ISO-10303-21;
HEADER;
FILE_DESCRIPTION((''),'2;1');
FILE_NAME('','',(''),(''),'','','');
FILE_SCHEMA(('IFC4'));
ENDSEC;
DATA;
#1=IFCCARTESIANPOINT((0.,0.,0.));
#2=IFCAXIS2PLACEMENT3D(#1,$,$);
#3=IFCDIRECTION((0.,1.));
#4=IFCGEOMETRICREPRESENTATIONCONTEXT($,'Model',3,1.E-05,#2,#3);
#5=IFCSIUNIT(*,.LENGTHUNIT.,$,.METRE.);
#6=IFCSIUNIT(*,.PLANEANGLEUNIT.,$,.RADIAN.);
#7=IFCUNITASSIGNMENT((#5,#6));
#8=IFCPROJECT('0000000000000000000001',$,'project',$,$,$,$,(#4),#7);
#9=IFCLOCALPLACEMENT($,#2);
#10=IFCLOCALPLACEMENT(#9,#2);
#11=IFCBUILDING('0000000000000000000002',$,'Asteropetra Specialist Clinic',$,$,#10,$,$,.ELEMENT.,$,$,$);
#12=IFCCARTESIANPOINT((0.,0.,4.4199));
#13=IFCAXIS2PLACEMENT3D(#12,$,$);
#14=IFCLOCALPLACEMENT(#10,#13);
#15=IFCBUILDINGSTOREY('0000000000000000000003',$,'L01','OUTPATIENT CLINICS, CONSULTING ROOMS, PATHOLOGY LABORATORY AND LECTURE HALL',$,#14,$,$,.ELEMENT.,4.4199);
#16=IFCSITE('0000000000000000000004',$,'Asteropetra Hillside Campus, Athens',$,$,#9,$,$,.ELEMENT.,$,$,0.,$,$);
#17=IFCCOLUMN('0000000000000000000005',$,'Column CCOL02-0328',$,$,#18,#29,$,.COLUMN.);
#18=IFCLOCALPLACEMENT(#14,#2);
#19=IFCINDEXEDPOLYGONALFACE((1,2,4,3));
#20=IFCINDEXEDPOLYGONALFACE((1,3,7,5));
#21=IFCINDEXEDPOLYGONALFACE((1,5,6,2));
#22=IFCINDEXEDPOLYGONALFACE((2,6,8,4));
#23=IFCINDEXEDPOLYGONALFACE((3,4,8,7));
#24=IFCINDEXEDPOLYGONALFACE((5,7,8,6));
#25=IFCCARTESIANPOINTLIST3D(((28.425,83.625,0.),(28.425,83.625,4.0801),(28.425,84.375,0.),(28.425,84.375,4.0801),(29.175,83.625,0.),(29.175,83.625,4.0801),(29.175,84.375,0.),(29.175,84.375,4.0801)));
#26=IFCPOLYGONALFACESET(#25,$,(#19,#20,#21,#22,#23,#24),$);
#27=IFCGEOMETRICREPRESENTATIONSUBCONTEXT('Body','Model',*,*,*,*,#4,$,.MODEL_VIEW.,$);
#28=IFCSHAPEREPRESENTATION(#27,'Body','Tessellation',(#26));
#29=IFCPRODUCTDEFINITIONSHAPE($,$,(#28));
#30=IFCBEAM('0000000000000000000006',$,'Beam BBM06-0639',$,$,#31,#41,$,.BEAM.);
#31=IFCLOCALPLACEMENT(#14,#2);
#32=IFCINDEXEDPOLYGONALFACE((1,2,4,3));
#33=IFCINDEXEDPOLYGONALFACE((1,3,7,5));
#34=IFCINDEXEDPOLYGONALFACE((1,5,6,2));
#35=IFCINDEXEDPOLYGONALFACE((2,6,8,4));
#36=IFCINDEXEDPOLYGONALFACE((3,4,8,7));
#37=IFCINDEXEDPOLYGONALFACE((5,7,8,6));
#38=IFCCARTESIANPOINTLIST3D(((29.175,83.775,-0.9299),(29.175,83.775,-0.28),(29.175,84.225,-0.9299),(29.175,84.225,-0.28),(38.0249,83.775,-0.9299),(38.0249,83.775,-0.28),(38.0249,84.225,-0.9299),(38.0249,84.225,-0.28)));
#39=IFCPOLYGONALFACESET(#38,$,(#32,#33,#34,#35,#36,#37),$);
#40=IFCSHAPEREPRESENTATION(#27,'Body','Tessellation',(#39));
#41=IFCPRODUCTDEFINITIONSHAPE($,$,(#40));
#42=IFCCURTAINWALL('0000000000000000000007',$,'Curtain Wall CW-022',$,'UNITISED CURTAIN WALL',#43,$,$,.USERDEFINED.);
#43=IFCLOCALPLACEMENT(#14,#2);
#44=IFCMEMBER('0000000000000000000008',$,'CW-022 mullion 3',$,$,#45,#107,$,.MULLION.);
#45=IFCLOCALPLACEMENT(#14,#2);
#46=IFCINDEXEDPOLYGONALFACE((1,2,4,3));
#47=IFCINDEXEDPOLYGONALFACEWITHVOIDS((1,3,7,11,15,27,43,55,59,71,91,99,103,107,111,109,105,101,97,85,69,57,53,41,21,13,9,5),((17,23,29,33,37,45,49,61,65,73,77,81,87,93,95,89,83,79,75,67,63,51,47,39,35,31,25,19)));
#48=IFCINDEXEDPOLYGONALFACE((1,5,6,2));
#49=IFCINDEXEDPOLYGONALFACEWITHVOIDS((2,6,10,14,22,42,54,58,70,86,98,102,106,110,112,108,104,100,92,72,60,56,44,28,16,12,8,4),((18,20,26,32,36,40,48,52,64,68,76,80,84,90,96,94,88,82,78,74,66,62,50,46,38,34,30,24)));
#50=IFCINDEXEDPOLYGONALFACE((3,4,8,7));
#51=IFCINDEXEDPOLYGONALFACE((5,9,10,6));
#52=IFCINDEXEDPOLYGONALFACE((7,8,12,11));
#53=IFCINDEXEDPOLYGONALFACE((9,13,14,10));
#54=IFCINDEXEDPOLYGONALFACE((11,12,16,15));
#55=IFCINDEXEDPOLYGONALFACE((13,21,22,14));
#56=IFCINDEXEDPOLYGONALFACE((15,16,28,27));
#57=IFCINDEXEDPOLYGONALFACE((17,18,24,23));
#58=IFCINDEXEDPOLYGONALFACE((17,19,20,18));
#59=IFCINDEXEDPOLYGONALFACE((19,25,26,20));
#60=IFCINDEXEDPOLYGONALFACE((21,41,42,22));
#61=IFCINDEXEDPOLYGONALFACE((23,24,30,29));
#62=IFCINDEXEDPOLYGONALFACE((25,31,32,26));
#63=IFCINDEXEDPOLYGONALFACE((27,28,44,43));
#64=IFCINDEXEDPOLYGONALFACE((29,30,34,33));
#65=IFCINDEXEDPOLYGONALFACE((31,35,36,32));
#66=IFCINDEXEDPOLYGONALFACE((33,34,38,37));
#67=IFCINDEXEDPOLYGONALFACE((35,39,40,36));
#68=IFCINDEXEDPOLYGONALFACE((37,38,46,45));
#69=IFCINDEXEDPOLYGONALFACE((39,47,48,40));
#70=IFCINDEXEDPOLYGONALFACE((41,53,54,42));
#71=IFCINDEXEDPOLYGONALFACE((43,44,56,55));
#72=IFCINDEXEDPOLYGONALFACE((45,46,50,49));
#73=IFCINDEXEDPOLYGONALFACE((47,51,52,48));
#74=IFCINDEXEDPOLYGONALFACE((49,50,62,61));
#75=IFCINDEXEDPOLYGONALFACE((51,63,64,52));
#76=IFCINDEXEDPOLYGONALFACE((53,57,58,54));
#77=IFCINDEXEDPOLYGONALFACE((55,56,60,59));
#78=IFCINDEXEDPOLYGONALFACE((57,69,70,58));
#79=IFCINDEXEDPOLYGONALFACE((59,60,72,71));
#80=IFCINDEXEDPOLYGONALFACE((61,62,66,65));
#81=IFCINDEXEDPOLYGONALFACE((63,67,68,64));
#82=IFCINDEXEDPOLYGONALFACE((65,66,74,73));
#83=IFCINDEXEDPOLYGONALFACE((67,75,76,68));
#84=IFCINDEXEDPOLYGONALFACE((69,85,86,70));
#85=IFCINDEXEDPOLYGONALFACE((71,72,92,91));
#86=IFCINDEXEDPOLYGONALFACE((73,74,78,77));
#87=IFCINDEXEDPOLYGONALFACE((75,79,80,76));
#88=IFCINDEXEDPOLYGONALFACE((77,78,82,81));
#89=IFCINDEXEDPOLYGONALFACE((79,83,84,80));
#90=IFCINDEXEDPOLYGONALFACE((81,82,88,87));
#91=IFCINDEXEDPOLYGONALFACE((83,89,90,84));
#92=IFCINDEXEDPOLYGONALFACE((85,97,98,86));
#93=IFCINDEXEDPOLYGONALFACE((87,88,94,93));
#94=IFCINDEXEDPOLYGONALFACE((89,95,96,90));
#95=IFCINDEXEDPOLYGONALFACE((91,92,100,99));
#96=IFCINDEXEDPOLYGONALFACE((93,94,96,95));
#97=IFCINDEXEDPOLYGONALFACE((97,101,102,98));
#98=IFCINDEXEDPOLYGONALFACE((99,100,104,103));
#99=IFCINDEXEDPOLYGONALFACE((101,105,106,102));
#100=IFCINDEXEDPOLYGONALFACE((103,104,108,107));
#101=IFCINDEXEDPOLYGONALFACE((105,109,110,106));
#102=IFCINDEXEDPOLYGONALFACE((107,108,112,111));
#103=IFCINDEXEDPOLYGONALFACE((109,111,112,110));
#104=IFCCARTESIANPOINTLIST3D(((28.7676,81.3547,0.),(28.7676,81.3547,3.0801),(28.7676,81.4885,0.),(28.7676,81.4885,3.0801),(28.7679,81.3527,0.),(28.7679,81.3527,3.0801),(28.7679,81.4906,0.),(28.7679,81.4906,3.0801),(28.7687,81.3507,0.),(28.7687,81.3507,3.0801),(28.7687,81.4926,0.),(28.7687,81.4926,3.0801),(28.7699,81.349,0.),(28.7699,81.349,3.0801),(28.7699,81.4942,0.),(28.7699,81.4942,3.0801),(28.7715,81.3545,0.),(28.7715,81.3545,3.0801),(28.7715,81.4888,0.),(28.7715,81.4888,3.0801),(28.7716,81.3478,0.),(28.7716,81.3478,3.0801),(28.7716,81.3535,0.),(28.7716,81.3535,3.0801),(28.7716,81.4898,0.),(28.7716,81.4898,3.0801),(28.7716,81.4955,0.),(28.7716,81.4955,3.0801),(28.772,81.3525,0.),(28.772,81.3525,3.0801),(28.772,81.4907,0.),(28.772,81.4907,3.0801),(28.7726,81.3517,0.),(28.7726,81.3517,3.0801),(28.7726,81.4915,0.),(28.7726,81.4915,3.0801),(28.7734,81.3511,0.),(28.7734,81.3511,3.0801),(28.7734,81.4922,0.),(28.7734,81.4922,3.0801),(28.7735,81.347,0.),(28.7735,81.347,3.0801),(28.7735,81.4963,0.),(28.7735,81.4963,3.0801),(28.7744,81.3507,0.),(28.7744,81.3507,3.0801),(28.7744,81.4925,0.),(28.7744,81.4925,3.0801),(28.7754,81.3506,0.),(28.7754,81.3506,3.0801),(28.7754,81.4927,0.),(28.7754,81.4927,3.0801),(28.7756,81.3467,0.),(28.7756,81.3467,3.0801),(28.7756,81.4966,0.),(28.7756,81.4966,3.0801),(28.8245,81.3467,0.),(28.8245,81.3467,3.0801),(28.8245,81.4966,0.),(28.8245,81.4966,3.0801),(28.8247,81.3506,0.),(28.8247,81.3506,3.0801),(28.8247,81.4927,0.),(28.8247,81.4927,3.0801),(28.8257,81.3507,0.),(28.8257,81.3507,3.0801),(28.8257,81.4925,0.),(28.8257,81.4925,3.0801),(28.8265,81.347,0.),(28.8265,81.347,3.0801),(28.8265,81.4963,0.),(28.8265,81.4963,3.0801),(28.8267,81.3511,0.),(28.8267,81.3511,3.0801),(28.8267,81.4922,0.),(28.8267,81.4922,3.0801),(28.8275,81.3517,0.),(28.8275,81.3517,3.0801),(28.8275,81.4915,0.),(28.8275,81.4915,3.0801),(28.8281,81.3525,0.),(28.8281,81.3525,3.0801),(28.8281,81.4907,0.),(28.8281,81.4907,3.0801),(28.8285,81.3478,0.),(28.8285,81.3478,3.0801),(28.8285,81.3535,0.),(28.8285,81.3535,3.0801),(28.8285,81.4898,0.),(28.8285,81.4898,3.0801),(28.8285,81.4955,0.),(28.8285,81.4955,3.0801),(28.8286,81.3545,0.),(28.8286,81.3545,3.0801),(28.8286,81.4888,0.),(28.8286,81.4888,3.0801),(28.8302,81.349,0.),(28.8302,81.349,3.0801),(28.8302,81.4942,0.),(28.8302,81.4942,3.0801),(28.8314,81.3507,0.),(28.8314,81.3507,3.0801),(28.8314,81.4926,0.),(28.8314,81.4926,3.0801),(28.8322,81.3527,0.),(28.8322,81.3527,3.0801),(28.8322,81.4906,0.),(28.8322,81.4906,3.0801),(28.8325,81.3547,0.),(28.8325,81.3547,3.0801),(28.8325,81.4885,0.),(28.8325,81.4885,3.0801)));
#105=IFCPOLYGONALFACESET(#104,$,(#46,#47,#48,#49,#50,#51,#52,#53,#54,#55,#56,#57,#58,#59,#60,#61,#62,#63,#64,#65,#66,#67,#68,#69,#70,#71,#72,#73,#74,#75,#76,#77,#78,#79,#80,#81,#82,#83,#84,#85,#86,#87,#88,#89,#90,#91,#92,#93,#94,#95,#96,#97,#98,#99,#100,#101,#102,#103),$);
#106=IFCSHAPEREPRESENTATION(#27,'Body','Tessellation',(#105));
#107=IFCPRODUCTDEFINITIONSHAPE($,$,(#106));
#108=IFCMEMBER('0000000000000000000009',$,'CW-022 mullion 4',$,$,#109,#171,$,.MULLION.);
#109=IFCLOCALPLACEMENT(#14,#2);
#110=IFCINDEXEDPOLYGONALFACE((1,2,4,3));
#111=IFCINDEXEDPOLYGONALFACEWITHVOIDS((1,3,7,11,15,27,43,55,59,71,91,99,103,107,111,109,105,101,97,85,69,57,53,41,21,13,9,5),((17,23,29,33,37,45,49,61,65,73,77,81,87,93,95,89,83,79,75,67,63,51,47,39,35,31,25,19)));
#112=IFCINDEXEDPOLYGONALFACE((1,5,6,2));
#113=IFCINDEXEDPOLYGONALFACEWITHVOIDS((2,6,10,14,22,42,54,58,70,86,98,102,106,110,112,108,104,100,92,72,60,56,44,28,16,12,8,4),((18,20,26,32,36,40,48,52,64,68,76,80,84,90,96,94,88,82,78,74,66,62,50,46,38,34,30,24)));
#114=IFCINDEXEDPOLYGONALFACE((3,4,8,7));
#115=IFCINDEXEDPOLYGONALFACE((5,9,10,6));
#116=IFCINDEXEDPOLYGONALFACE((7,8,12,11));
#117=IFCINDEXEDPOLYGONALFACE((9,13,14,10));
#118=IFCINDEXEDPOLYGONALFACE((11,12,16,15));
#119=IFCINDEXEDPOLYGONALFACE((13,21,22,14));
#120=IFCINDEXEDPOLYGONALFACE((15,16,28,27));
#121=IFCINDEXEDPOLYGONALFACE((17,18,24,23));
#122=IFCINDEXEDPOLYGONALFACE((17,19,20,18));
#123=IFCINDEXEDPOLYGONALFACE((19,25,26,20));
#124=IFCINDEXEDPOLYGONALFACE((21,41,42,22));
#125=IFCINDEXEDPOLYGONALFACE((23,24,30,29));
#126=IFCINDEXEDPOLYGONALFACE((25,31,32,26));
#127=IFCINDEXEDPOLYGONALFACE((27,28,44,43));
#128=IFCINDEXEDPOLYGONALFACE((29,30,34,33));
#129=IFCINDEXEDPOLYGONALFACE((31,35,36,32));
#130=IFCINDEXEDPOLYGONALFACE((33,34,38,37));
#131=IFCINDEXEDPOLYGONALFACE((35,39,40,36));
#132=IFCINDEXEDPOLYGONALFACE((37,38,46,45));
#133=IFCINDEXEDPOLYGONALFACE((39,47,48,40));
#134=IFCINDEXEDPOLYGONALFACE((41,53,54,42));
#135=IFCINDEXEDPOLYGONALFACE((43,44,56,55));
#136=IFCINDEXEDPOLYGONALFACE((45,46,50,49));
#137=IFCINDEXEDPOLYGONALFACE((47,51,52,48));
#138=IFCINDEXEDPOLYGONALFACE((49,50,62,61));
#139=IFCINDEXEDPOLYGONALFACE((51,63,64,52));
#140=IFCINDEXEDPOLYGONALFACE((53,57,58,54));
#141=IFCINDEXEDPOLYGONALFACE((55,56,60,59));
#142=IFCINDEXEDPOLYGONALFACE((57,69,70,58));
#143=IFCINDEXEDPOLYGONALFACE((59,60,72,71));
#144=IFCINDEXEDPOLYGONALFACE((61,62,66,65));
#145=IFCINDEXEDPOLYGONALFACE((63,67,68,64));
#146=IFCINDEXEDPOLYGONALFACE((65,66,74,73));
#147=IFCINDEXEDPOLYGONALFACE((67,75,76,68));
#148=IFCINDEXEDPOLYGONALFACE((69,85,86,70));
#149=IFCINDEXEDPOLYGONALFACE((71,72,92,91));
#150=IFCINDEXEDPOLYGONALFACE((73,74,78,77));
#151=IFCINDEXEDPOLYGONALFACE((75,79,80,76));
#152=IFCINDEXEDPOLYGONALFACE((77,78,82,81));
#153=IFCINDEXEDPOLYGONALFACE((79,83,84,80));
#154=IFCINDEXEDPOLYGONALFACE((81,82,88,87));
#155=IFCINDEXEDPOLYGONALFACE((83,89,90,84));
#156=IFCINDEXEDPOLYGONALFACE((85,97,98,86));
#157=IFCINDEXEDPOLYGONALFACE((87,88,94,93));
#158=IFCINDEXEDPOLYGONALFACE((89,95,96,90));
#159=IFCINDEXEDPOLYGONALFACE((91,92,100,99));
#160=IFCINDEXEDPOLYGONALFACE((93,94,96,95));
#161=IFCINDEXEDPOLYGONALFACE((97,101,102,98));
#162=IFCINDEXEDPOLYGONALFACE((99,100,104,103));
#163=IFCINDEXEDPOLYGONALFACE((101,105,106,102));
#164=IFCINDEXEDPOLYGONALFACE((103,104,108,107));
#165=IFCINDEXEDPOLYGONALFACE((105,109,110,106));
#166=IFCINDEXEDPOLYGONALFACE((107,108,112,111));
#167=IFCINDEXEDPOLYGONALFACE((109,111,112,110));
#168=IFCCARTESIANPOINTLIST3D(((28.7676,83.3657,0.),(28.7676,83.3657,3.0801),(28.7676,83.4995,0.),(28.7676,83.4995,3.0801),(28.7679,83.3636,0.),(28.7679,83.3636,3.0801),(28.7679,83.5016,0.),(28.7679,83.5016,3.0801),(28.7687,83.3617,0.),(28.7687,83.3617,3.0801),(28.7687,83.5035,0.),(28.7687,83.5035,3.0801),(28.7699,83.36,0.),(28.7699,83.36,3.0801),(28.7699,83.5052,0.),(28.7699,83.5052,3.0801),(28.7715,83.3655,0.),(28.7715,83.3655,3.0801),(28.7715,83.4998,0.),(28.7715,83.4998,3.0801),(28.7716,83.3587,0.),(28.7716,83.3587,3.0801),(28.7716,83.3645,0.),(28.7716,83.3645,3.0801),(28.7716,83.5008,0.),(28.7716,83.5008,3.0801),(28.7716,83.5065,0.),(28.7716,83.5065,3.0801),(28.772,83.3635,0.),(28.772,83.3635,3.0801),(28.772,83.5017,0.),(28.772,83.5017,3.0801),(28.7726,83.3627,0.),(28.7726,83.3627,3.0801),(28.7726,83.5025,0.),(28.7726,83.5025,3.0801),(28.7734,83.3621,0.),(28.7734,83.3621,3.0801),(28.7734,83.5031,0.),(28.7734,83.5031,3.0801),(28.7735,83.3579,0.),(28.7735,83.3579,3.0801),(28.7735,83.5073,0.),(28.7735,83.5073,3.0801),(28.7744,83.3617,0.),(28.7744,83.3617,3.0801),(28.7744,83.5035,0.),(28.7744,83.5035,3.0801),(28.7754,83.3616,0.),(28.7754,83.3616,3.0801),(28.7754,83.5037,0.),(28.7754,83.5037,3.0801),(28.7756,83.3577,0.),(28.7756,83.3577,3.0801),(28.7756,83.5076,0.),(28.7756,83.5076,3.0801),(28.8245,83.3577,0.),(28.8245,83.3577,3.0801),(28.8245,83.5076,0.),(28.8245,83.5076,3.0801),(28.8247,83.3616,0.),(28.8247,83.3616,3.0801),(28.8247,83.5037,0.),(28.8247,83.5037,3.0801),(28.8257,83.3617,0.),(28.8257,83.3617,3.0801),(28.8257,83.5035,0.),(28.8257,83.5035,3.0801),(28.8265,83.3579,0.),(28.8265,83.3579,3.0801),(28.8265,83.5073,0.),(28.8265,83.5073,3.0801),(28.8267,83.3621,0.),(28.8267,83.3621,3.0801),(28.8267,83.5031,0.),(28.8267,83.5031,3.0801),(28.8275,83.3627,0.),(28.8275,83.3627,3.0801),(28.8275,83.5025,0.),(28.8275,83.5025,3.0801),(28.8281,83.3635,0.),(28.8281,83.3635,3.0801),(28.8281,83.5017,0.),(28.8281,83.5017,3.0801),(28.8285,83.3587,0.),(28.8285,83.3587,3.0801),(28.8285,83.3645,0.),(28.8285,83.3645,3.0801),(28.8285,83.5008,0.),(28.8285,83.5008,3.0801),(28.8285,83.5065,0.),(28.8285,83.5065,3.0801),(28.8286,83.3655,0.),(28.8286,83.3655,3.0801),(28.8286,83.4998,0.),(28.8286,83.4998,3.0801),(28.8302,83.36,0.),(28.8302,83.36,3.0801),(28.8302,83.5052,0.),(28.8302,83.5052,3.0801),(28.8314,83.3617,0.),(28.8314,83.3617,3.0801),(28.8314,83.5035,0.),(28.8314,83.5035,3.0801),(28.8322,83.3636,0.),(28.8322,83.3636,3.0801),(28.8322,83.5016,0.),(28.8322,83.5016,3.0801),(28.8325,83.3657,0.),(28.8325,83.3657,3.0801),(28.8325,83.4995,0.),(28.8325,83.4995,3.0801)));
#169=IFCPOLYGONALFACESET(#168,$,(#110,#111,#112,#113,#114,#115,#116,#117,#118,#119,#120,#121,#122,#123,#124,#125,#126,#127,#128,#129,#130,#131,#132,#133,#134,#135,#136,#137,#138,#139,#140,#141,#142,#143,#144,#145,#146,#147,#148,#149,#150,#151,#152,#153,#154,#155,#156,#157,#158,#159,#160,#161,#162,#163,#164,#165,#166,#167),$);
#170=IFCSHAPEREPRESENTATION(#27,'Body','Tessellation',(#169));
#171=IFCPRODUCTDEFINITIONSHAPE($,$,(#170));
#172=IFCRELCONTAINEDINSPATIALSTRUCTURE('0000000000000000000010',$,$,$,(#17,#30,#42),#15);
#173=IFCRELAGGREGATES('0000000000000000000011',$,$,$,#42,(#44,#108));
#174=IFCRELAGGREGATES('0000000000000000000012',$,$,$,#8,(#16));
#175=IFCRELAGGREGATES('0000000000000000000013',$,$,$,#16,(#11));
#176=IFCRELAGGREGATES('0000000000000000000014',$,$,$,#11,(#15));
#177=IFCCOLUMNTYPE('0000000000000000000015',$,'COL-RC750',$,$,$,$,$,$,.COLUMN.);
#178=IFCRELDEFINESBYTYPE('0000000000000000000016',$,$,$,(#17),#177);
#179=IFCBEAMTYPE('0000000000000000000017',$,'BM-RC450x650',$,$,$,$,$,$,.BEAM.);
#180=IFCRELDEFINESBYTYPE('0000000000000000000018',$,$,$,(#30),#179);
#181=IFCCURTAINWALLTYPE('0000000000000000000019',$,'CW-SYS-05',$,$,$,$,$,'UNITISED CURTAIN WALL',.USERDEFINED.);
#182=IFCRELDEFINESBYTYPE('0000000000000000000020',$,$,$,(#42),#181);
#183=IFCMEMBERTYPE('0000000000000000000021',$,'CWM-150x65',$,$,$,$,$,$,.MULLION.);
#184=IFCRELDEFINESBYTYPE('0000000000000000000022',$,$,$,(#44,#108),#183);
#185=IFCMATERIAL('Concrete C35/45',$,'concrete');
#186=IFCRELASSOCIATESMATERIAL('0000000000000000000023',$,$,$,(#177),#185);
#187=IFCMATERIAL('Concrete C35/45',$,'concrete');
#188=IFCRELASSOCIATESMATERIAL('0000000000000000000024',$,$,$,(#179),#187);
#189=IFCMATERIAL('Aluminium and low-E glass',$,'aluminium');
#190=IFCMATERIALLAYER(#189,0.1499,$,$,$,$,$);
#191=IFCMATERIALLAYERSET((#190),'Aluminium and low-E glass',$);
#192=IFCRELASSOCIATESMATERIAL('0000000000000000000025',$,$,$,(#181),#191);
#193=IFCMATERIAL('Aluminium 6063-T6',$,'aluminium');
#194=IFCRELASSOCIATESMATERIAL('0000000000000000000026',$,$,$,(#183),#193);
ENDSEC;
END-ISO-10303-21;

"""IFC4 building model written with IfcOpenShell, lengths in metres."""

from ifc_helpers import new_model, si_unit, direction, frame, origin, origin_2d, place, context, subcontext, project, spatial, rectangle, hollow_rectangle, extrude, material, layer, layer_set, material_profile, profile_set, type_object, element, aggregate, save


model = new_model("IFC4")

# Units and contexts
model_context = context("Model", 3, precision=1e-05, world=origin(), true_north=direction((0.0, 1.0)))
body_context = subcontext(model_context, "Body", "Model", "MODEL_VIEW")
ifc_project = project(units=[si_unit("LENGTHUNIT", "METRE"), si_unit("PLANEANGLEUNIT", "RADIAN")], contexts=[model_context])

# Site, building, storey
site_placement = place(None, origin())
site = spatial("IfcSite", under=ifc_project, at=site_placement, Name="Asteropetra Hillside Campus, Athens", CompositionType="ELEMENT", RefElevation=0.0)
building_placement = place(site_placement, origin())
building = spatial("IfcBuilding", under=site, at=building_placement, Name="Asteropetra Specialist Clinic", CompositionType="ELEMENT")
storey_placement = place(building_placement, frame((0.0, 0.0, 4.4199)))
storey = spatial("IfcBuildingStorey", under=building, at=storey_placement, Name="L01", Description="OUTPATIENT CLINICS, CONSULTING ROOMS, PATHOLOGY LABORATORY AND LECTURE HALL", CompositionType="ELEMENT", Elevation=4.4199)

# Column
ifc_material_1 = material(Name="Concrete C35/45", Category="concrete")
ifc_material_profile_1 = material_profile(ifc_material_1, rectangle(XDim=0.75, YDim=0.75, at=origin_2d()), Name="RC 750x750")
ifc_profile_set_1 = profile_set([ifc_material_profile_1], Name="Concrete C35/45")
column_type = type_object("IfcColumnType", Name="COL-RC750", PredefinedType="COLUMN", material=ifc_profile_set_1)
column_placement = place(storey_placement, frame((28.8, 84.0, 0.0), z_axis=(0.0, 0.0, 1.0), x_axis=(1.0, 0.0, 0.0)))
element("IfcColumn", 1, at=column_placement, inside=storey, type_object=column_type, Name="Column CCOL02-0328", PredefinedType="COLUMN", context=body_context, shape_type="SweptSolid", body=[
    extrude(rectangle(XDim=0.75, YDim=0.75, at=origin_2d()), origin(), (0.0, 0.0, 1.0), 4.0801),
])

# Beam
ifc_material_2 = material(Name="Concrete C35/45", Category="concrete")
ifc_material_profile_2 = material_profile(ifc_material_2, rectangle(XDim=0.45, YDim=0.6499, at=origin_2d()), Name="RCB 450x650")
ifc_profile_set_2 = profile_set([ifc_material_profile_2], Name="Concrete C35/45")
beam_type = type_object("IfcBeamType", Name="BM-RC450x650", PredefinedType="BEAM", material=ifc_profile_set_2)
beam_placement = place(storey_placement, frame((29.175, 84.0, -0.605), z_axis=(1.0, 0.0, 0.0), x_axis=(0.0, 1.0, 0.0)))
element("IfcBeam", 2, at=beam_placement, inside=storey, type_object=beam_type, Name="Beam BBM06-0639", PredefinedType="BEAM", context=body_context, shape_type="SweptSolid", body=[
    extrude(rectangle(XDim=0.45, YDim=0.6499, at=origin_2d()), origin(), (0.0, 0.0, 1.0), 8.8499),
])

# Curtain wall, members
ifc_material_3 = material(Name="Aluminium and low-E glass", Category="aluminium")
ifc_layer_1 = layer(ifc_material_3, 0.1499)
ifc_layer_set_1 = layer_set([ifc_layer_1], Name="Aluminium and low-E glass")
curtain_wall_type_1 = type_object("IfcCurtainWallType", Name="CW-SYS-05", ElementType="UNITISED CURTAIN WALL", PredefinedType="USERDEFINED", material=ifc_layer_set_1)
curtain_wall_1_placement = place(storey_placement, origin())
curtain_wall_1 = element("IfcCurtainWall", 3, at=curtain_wall_1_placement, inside=storey, type_object=curtain_wall_type_1, Name="Curtain Wall CW-022", ObjectType="UNITISED CURTAIN WALL", PredefinedType="USERDEFINED")
ifc_material_4 = material(Name="Aluminium 6063-T6", Category="aluminium")
ifc_material_profile_3 = material_profile(ifc_material_4, hollow_rectangle(XDim=0.0649, YDim=0.1499, WallThickness=0.0039, InnerFilletRadius=0.0039, OuterFilletRadius=0.0081, at=origin_2d()), Name="MUL 150x65x4.0")
ifc_profile_set_3 = profile_set([ifc_material_profile_3], Name="Aluminium 6063-T6")
member_type_1 = type_object("IfcMemberType", Name="CWM-150x65", PredefinedType="MULLION", material=ifc_profile_set_3)
member_1_placement = place(storey_placement, frame((28.8, 81.4216, 0.0), z_axis=(0.0, 0.0, 1.0), x_axis=(-1.0, 0.0, 0.0)))
member_1 = element("IfcMember", 4, at=member_1_placement, type_object=member_type_1, Name="CW-022 mullion 3", PredefinedType="MULLION", context=body_context, shape_type="SweptSolid", body=[
    extrude(hollow_rectangle(XDim=0.0649, YDim=0.1499, WallThickness=0.0039, InnerFilletRadius=0.0039, OuterFilletRadius=0.0081, at=origin_2d()), origin(), (0.0, 0.0, 1.0), 3.0801),
])
member_2_placement = place(storey_placement, frame((28.8, 83.4326, 0.0), z_axis=(0.0, 0.0, 1.0), x_axis=(-1.0, 0.0, 0.0)))
member_2 = element("IfcMember", 5, at=member_2_placement, type_object=member_type_1, Name="CW-022 mullion 4", PredefinedType="MULLION", context=body_context, shape_type="SweptSolid", body=[
    extrude(hollow_rectangle(XDim=0.0649, YDim=0.1499, WallThickness=0.0039, InnerFilletRadius=0.0039, OuterFilletRadius=0.0081, at=origin_2d()), origin(), (0.0, 0.0, 1.0), 3.0801),
])

aggregate(curtain_wall_1, [member_1, member_2])

save(model, "model.ifc")
